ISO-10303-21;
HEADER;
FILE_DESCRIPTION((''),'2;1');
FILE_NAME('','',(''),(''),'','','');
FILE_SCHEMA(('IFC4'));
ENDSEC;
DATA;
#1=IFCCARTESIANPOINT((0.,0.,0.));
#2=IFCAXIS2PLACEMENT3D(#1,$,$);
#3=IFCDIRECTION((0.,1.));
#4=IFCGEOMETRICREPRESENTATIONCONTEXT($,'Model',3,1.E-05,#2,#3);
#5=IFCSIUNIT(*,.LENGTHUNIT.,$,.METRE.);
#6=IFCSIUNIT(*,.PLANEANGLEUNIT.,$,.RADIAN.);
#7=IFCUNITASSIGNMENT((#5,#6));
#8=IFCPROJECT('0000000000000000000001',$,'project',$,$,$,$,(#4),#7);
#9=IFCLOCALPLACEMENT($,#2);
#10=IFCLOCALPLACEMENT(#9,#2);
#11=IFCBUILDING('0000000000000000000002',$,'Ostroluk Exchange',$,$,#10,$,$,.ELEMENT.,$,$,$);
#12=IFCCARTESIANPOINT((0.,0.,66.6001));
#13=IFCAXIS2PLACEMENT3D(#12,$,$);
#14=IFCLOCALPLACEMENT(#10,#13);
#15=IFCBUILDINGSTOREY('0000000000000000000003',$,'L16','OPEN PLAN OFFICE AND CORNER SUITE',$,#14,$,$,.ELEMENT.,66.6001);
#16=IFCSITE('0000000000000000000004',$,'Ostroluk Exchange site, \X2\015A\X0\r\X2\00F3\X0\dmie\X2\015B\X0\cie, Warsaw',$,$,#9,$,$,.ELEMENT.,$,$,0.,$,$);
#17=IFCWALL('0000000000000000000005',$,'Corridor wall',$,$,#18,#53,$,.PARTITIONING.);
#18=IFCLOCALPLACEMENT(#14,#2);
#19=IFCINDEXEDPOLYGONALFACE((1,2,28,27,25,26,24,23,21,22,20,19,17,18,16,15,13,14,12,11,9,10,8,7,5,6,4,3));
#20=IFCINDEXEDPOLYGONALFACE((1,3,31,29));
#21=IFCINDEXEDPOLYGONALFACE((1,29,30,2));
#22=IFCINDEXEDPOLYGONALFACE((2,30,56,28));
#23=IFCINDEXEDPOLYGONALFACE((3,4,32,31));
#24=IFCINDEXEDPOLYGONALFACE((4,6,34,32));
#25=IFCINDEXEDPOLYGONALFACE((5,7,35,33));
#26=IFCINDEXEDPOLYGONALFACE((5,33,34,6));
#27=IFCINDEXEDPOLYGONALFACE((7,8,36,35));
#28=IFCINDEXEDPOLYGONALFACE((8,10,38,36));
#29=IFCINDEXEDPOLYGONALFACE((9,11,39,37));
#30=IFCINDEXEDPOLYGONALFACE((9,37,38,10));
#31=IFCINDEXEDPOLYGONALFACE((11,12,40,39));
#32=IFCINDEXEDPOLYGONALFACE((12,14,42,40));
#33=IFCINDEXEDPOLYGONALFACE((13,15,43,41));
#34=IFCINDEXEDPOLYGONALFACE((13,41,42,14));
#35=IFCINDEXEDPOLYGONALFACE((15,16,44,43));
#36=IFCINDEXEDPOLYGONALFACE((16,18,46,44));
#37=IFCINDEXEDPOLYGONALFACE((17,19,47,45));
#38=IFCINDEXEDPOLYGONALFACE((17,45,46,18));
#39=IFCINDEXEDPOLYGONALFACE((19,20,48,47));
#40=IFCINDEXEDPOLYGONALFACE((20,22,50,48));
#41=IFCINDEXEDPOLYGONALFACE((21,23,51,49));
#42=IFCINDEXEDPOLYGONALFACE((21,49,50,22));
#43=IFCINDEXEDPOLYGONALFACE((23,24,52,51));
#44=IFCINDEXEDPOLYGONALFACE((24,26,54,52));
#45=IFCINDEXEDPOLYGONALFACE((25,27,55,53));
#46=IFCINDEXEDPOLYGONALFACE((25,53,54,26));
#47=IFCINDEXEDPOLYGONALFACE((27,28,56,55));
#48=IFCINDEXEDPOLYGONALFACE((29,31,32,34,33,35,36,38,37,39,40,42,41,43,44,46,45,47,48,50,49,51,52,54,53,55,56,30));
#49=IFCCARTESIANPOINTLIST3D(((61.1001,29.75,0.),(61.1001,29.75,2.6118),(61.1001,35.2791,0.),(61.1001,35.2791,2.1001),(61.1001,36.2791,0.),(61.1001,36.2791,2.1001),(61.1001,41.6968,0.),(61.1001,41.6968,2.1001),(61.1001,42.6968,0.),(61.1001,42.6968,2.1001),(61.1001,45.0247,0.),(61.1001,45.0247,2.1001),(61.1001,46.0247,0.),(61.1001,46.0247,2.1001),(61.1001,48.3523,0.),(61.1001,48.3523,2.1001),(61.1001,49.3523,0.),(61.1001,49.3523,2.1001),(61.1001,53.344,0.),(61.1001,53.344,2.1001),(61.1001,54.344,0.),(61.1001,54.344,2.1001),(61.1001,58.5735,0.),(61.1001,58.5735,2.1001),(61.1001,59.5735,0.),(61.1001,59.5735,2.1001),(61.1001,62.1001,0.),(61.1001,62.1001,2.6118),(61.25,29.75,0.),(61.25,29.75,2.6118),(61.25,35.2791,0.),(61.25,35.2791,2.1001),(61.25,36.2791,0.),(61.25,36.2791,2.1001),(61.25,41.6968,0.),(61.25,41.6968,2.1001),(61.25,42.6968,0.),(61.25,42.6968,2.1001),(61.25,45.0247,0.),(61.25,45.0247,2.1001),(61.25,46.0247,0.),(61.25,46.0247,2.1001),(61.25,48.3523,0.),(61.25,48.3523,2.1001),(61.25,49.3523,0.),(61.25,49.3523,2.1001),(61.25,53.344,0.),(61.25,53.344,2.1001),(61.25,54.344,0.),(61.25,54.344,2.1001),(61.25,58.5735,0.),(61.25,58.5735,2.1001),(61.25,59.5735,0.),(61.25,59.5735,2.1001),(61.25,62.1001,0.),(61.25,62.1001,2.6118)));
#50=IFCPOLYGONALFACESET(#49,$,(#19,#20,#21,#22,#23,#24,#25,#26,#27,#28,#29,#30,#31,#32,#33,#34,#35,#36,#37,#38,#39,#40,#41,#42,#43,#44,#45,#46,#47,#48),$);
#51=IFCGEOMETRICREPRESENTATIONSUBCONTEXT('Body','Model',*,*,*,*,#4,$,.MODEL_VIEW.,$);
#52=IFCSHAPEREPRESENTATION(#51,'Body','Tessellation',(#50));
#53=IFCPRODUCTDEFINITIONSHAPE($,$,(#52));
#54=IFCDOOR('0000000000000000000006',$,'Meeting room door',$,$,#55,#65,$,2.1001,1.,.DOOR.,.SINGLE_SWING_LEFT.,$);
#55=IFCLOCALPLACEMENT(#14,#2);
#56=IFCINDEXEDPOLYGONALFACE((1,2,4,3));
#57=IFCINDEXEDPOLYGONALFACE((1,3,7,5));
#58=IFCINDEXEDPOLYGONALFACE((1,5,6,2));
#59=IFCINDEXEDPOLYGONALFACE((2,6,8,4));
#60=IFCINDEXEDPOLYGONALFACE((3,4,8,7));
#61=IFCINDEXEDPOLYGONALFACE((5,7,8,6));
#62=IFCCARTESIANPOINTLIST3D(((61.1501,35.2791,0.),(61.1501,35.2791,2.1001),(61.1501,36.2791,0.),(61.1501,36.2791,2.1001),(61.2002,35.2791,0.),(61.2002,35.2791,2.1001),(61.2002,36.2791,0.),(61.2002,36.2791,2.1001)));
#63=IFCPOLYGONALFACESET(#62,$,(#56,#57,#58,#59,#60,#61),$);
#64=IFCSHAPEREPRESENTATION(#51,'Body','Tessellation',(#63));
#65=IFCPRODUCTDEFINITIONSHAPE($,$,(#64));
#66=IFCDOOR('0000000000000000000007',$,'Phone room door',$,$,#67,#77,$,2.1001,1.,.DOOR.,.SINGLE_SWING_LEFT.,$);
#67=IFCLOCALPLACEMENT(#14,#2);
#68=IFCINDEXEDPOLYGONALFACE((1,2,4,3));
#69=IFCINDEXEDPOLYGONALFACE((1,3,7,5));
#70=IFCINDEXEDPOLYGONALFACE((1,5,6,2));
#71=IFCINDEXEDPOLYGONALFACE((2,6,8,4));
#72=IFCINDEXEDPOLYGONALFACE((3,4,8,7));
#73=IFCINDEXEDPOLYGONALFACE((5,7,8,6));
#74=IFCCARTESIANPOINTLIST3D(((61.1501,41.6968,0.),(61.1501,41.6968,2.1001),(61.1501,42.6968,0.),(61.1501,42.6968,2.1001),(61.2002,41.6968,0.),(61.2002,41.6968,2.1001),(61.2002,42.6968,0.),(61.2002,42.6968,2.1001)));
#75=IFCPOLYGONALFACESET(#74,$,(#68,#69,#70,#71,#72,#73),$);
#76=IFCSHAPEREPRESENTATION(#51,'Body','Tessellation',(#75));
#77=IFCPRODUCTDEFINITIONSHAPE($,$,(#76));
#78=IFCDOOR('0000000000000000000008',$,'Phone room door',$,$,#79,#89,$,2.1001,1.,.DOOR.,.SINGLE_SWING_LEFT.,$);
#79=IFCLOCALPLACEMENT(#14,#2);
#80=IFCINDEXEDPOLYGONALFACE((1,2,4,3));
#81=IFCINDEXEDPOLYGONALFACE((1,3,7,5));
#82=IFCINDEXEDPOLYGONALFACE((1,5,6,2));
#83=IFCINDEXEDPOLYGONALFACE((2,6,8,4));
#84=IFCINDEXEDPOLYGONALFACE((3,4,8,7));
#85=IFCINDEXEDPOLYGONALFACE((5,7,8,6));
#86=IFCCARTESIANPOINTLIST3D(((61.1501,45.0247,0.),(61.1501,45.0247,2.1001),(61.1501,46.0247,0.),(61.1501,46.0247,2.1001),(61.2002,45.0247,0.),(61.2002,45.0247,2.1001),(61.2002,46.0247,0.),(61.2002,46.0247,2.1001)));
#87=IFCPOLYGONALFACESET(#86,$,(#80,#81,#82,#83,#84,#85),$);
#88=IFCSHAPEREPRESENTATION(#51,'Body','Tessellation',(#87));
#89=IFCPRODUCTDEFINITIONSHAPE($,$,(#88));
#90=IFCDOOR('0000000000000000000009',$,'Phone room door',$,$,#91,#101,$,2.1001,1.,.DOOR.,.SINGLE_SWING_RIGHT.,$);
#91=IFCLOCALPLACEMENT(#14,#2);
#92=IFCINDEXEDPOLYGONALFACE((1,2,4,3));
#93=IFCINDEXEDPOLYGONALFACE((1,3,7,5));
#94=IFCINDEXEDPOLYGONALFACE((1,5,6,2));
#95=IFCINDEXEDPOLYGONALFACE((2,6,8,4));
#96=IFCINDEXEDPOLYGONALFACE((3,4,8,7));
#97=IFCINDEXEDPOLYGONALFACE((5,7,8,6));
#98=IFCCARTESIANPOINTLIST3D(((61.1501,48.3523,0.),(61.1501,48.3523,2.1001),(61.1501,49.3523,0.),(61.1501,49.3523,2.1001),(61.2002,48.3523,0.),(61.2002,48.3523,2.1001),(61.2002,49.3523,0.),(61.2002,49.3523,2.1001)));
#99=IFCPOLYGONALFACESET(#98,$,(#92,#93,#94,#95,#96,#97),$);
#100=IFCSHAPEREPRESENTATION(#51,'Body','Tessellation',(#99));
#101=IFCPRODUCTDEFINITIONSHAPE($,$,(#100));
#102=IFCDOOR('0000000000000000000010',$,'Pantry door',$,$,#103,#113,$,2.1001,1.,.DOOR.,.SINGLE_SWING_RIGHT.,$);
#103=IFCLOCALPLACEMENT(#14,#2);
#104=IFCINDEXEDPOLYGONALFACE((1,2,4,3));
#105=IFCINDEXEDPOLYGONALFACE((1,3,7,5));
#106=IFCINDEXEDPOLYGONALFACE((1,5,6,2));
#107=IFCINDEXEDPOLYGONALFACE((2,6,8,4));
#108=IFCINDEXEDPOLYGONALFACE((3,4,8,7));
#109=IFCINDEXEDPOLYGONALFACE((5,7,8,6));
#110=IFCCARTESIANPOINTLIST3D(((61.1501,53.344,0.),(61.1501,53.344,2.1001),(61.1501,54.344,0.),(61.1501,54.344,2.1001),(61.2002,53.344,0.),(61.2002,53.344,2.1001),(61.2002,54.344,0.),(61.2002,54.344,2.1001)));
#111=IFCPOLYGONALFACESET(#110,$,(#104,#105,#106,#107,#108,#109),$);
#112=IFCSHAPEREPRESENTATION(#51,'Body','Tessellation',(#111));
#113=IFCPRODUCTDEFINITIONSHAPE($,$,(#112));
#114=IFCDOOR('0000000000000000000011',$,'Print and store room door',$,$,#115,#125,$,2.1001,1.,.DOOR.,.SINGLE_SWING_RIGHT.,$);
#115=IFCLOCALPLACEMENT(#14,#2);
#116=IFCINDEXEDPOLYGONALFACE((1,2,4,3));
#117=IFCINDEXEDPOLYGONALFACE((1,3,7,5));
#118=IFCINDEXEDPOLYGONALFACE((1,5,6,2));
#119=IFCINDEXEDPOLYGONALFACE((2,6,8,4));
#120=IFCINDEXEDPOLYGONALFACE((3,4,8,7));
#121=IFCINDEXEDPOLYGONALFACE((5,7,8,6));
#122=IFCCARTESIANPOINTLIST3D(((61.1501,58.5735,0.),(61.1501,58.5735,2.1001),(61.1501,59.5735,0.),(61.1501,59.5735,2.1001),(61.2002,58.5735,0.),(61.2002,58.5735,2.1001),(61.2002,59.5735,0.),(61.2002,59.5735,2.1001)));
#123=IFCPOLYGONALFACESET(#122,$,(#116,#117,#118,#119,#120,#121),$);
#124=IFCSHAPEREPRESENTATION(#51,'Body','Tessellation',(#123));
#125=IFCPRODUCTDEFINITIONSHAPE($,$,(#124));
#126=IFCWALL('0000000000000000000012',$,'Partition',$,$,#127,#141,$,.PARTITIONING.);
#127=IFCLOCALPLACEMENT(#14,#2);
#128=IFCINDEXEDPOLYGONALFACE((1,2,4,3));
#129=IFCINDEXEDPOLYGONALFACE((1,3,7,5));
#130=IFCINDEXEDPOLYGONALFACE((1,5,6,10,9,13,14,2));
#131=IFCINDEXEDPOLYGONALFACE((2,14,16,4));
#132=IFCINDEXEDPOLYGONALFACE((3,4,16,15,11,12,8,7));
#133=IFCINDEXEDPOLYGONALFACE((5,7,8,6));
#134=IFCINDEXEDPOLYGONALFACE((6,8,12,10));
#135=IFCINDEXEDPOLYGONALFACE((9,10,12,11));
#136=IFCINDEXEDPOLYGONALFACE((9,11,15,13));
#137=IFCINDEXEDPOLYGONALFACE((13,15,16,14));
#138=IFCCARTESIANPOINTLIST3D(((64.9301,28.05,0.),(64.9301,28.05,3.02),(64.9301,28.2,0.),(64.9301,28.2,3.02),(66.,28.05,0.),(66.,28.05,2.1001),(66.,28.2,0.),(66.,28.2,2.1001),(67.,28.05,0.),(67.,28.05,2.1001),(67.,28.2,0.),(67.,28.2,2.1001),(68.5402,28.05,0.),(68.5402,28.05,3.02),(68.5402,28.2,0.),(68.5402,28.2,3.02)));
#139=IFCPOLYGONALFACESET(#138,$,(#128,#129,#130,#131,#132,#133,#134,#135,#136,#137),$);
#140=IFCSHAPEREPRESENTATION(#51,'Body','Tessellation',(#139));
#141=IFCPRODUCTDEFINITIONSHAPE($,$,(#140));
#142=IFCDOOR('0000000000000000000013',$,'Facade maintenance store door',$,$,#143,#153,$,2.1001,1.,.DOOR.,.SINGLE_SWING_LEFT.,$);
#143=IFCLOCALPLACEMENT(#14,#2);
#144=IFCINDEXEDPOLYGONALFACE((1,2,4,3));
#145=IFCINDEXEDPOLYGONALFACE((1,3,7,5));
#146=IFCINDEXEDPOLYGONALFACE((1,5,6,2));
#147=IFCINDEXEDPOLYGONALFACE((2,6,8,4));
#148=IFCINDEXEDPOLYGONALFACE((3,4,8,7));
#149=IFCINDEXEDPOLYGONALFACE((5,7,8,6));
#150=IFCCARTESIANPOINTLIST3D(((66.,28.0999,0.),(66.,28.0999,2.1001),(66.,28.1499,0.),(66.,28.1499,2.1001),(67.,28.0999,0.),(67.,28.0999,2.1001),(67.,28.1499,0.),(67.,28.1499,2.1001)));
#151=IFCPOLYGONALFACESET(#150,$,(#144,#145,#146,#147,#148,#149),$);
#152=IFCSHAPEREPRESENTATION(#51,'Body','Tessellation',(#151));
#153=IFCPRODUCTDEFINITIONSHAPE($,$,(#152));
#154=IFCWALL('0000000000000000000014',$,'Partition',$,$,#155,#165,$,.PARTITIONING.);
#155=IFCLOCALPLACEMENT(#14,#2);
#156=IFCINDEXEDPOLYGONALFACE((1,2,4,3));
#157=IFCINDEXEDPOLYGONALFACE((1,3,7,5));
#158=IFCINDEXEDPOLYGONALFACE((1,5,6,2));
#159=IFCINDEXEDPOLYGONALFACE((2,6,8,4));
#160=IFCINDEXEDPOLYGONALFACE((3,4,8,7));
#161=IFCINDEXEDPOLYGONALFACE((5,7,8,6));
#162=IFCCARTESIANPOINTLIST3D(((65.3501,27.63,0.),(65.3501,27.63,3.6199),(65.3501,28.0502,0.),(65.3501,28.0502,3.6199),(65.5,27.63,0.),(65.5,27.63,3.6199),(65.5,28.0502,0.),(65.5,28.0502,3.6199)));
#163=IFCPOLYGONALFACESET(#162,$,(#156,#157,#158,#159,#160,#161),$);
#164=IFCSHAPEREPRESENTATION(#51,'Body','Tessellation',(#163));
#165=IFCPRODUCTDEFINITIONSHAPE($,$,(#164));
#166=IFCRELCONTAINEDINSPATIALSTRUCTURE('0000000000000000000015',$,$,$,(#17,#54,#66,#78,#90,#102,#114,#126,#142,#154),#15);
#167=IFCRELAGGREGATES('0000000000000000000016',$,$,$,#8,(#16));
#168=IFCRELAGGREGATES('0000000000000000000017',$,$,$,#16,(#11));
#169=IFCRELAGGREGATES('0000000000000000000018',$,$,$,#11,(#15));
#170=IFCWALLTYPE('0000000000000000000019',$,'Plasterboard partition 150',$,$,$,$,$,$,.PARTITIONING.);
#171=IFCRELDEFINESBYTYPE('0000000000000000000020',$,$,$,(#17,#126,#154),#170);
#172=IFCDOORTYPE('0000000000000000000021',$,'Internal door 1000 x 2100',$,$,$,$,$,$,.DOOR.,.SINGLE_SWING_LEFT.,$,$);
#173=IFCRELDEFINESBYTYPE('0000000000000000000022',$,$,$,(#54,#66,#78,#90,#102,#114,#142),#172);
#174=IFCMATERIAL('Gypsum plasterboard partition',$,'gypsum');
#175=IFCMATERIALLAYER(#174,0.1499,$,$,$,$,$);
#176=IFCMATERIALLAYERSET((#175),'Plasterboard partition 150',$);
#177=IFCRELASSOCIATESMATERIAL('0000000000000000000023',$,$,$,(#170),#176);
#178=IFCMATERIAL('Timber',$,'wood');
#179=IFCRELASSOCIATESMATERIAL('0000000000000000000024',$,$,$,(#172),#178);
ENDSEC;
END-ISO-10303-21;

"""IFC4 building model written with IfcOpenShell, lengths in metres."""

from ifc_helpers import new_model, si_unit, direction, frame, frame_2d, origin, place, context, subcontext, project, spatial, rectangle, extrude, material, layer, layer_set, type_object, element, fill, save


model = new_model("IFC4")

# Units and contexts
model_context = context("Model", 3, precision=1e-05, world=origin(), true_north=direction((0.0, 1.0)))
body_context = subcontext(model_context, "Body", "Model", "MODEL_VIEW")
ifc_project = project(units=[si_unit("LENGTHUNIT", "METRE"), si_unit("PLANEANGLEUNIT", "RADIAN")], contexts=[model_context])

# Site, building, storey
site_placement = place(None, origin())
site = spatial("IfcSite", under=ifc_project, at=site_placement, Name="Ostroluk Exchange site, Śródmieście, Warsaw", CompositionType="ELEMENT", RefElevation=0.0)
building_placement = place(site_placement, origin())
building = spatial("IfcBuilding", under=site, at=building_placement, Name="Ostroluk Exchange", CompositionType="ELEMENT")
storey_placement = place(building_placement, frame((0.0, 0.0, 66.6001)))
storey = spatial("IfcBuildingStorey", under=building, at=storey_placement, Name="L16", Description="OPEN PLAN OFFICE AND CORNER SUITE", CompositionType="ELEMENT", Elevation=66.6001)

# Shared definitions
ifc_material_1 = material(Name="Gypsum plasterboard partition", Category="gypsum")
ifc_layer_1 = layer(ifc_material_1, 0.1499)
ifc_layer_set_1 = layer_set([ifc_layer_1], Name="Plasterboard partition 150")
wall_type_1 = type_object("IfcWallType", Name="Plasterboard partition 150", PredefinedType="PARTITIONING", material=ifc_layer_set_1)

# Wall, openings, doors
wall_1_placement = place(storey_placement, frame((61.175, 29.75, 0.0), z_axis=(0.0, 0.0, 1.0), x_axis=(0.0, 1.0, 0.0)))
wall_1 = element("IfcWall", 1, at=wall_1_placement, inside=storey, type_object=wall_type_1, Name="Corridor wall", PredefinedType="PARTITIONING", context=body_context, shape_type="SweptSolid", body=[
    extrude(rectangle(XDim=32.3501, YDim=0.1499, at=frame_2d((16.175, 0.0))), origin(), (0.0, 0.0, 1.0), 2.6118),
])
opening_1_placement = place(wall_1_placement, frame((5.5291, 0.0, 0.0)))
opening_1 = element("IfcOpeningElement", 2, at=opening_1_placement, cuts=wall_1, PredefinedType="OPENING", context=body_context, shape_type="SweptSolid", body=[
    extrude(rectangle(XDim=1.0, YDim=2.1001, at=frame_2d((0.5, 1.05))), frame((0.0, 0.085, 0.0), z_axis=(0.0, -1.0, 0.0), x_axis=(1.0, 0.0, 0.0)), (0.0, 0.0, 1.0), 0.1699),
])
opening_2_placement = place(wall_1_placement, frame((11.9468, 0.0, 0.0)))
opening_2 = element("IfcOpeningElement", 3, at=opening_2_placement, cuts=wall_1, PredefinedType="OPENING", context=body_context, shape_type="SweptSolid", body=[
    extrude(rectangle(XDim=1.0, YDim=2.1001, at=frame_2d((0.5, 1.05))), frame((0.0, 0.085, 0.0), z_axis=(0.0, -1.0, 0.0), x_axis=(1.0, 0.0, 0.0)), (0.0, 0.0, 1.0), 0.1699),
])
opening_3_placement = place(wall_1_placement, frame((15.2747, 0.0, 0.0)))
opening_3 = element("IfcOpeningElement", 4, at=opening_3_placement, cuts=wall_1, PredefinedType="OPENING", context=body_context, shape_type="SweptSolid", body=[
    extrude(rectangle(XDim=1.0, YDim=2.1001, at=frame_2d((0.5, 1.05))), frame((0.0, 0.085, 0.0), z_axis=(0.0, -1.0, 0.0), x_axis=(1.0, 0.0, 0.0)), (0.0, 0.0, 1.0), 0.1699),
])
opening_4_placement = place(wall_1_placement, frame((18.6023, 0.0, 0.0)))
opening_4 = element("IfcOpeningElement", 5, at=opening_4_placement, cuts=wall_1, PredefinedType="OPENING", context=body_context, shape_type="SweptSolid", body=[
    extrude(rectangle(XDim=1.0, YDim=2.1001, at=frame_2d((0.5, 1.05))), frame((0.0, 0.085, 0.0), z_axis=(0.0, -1.0, 0.0), x_axis=(1.0, 0.0, 0.0)), (0.0, 0.0, 1.0), 0.1699),
])
opening_5_placement = place(wall_1_placement, frame((23.594, 0.0, 0.0)))
opening_5 = element("IfcOpeningElement", 6, at=opening_5_placement, cuts=wall_1, PredefinedType="OPENING", context=body_context, shape_type="SweptSolid", body=[
    extrude(rectangle(XDim=1.0, YDim=2.1001, at=frame_2d((0.5, 1.05))), frame((0.0, 0.085, 0.0), z_axis=(0.0, -1.0, 0.0), x_axis=(1.0, 0.0, 0.0)), (0.0, 0.0, 1.0), 0.1699),
])
opening_6_placement = place(wall_1_placement, frame((28.8235, 0.0, 0.0)))
opening_6 = element("IfcOpeningElement", 7, at=opening_6_placement, cuts=wall_1, PredefinedType="OPENING", context=body_context, shape_type="SweptSolid", body=[
    extrude(rectangle(XDim=1.0, YDim=2.1001, at=frame_2d((0.5, 1.05))), frame((0.0, 0.085, 0.0), z_axis=(0.0, -1.0, 0.0), x_axis=(1.0, 0.0, 0.0)), (0.0, 0.0, 1.0), 0.1699),
])
ifc_material_2 = material(Name="Timber", Category="wood")
door_type_1 = type_object("IfcDoorType", Name="Internal door 1000 x 2100", OperationType="SINGLE_SWING_LEFT", PredefinedType="DOOR", material=ifc_material_2)
door_1_placement = place(opening_1_placement, origin())
door_1 = element("IfcDoor", 8, at=door_1_placement, inside=storey, type_object=door_type_1, Name="Meeting room door", OperationType="SINGLE_SWING_LEFT", OverallHeight=2.1001, OverallWidth=1.0, PredefinedType="DOOR", context=body_context, shape_type="SweptSolid", body=[
    extrude(rectangle(XDim=1.0, YDim=2.1001, at=frame_2d((0.5, 1.05))), frame((0.0, 0.0249, 0.0), z_axis=(0.0, -1.0, 0.0), x_axis=(1.0, 0.0, 0.0)), (0.0, 0.0, 1.0), 0.05),
])
fill(opening_1, door_1)
door_2_placement = place(opening_2_placement, origin())
door_2 = element("IfcDoor", 9, at=door_2_placement, inside=storey, type_object=door_type_1, Name="Phone room door", OperationType="SINGLE_SWING_LEFT", OverallHeight=2.1001, OverallWidth=1.0, PredefinedType="DOOR", context=body_context, shape_type="SweptSolid", body=[
    extrude(rectangle(XDim=1.0, YDim=2.1001, at=frame_2d((0.5, 1.05))), frame((0.0, 0.0249, 0.0), z_axis=(0.0, -1.0, 0.0), x_axis=(1.0, 0.0, 0.0)), (0.0, 0.0, 1.0), 0.05),
])
fill(opening_2, door_2)
door_3_placement = place(opening_3_placement, origin())
door_3 = element("IfcDoor", 10, at=door_3_placement, inside=storey, type_object=door_type_1, Name="Phone room door", OperationType="SINGLE_SWING_LEFT", OverallHeight=2.1001, OverallWidth=1.0, PredefinedType="DOOR", context=body_context, shape_type="SweptSolid", body=[
    extrude(rectangle(XDim=1.0, YDim=2.1001, at=frame_2d((0.5, 1.05))), frame((0.0, 0.0249, 0.0), z_axis=(0.0, -1.0, 0.0), x_axis=(1.0, 0.0, 0.0)), (0.0, 0.0, 1.0), 0.05),
])
fill(opening_3, door_3)
door_4_placement = place(opening_4_placement, origin())
door_4 = element("IfcDoor", 11, at=door_4_placement, inside=storey, type_object=door_type_1, Name="Phone room door", OperationType="SINGLE_SWING_RIGHT", OverallHeight=2.1001, OverallWidth=1.0, PredefinedType="DOOR", context=body_context, shape_type="SweptSolid", body=[
    extrude(rectangle(XDim=1.0, YDim=2.1001, at=frame_2d((0.5, 1.05))), frame((0.0, 0.0249, 0.0), z_axis=(0.0, -1.0, 0.0), x_axis=(1.0, 0.0, 0.0)), (0.0, 0.0, 1.0), 0.05),
])
fill(opening_4, door_4)
door_5_placement = place(opening_5_placement, origin())
door_5 = element("IfcDoor", 12, at=door_5_placement, inside=storey, type_object=door_type_1, Name="Pantry door", OperationType="SINGLE_SWING_RIGHT", OverallHeight=2.1001, OverallWidth=1.0, PredefinedType="DOOR", context=body_context, shape_type="SweptSolid", body=[
    extrude(rectangle(XDim=1.0, YDim=2.1001, at=frame_2d((0.5, 1.05))), frame((0.0, 0.0249, 0.0), z_axis=(0.0, -1.0, 0.0), x_axis=(1.0, 0.0, 0.0)), (0.0, 0.0, 1.0), 0.05),
])
fill(opening_5, door_5)
door_6_placement = place(opening_6_placement, origin())
door_6 = element("IfcDoor", 13, at=door_6_placement, inside=storey, type_object=door_type_1, Name="Print and store room door", OperationType="SINGLE_SWING_RIGHT", OverallHeight=2.1001, OverallWidth=1.0, PredefinedType="DOOR", context=body_context, shape_type="SweptSolid", body=[
    extrude(rectangle(XDim=1.0, YDim=2.1001, at=frame_2d((0.5, 1.05))), frame((0.0, 0.0249, 0.0), z_axis=(0.0, -1.0, 0.0), x_axis=(1.0, 0.0, 0.0)), (0.0, 0.0, 1.0), 0.05),
])
fill(opening_6, door_6)

# Wall, opening, door
wall_2_placement = place(storey_placement, frame((64.9299, 28.125, 0.0), z_axis=(0.0, 0.0, 1.0), x_axis=(1.0, 0.0, 0.0)))
wall_2 = element("IfcWall", 14, at=wall_2_placement, inside=storey, type_object=wall_type_1, Name="Partition", PredefinedType="PARTITIONING", context=body_context, shape_type="SweptSolid", body=[
    extrude(rectangle(XDim=3.6101, YDim=0.1499, at=frame_2d((1.8052, 0.0))), origin(), (0.0, 0.0, 1.0), 3.02),
])
opening_7_placement = place(wall_2_placement, frame((1.0701, 0.0, 0.0)))
opening_7 = element("IfcOpeningElement", 15, at=opening_7_placement, cuts=wall_2, PredefinedType="OPENING", context=body_context, shape_type="SweptSolid", body=[
    extrude(rectangle(XDim=1.0, YDim=2.1001, at=frame_2d((0.5, 1.05))), frame((0.0, 0.085, 0.0), z_axis=(0.0, -1.0, 0.0), x_axis=(1.0, 0.0, 0.0)), (0.0, 0.0, 1.0), 0.1699),
])
door_7_placement = place(opening_7_placement, origin())
door_7 = element("IfcDoor", 16, at=door_7_placement, inside=storey, type_object=door_type_1, Name="Facade maintenance store door", OperationType="SINGLE_SWING_LEFT", OverallHeight=2.1001, OverallWidth=1.0, PredefinedType="DOOR", context=body_context, shape_type="SweptSolid", body=[
    extrude(rectangle(XDim=1.0, YDim=2.1001, at=frame_2d((0.5, 1.05))), frame((0.0, 0.0249, 0.0), z_axis=(0.0, -1.0, 0.0), x_axis=(1.0, 0.0, 0.0)), (0.0, 0.0, 1.0), 0.05),
])
fill(opening_7, door_7)

# Wall
wall_3_placement = place(storey_placement, frame((65.425, 28.05, 0.0), z_axis=(0.0, 0.0, 1.0), x_axis=(0.0, -1.0, 0.0)))
element("IfcWall", 17, at=wall_3_placement, inside=storey, type_object=wall_type_1, Name="Partition", PredefinedType="PARTITIONING", context=body_context, shape_type="SweptSolid", body=[
    extrude(rectangle(XDim=0.4202, YDim=0.1499, at=frame_2d((0.21, 0.0))), origin(), (0.0, 0.0, 1.0), 3.6199),
])

save(model, "model.ifc")
